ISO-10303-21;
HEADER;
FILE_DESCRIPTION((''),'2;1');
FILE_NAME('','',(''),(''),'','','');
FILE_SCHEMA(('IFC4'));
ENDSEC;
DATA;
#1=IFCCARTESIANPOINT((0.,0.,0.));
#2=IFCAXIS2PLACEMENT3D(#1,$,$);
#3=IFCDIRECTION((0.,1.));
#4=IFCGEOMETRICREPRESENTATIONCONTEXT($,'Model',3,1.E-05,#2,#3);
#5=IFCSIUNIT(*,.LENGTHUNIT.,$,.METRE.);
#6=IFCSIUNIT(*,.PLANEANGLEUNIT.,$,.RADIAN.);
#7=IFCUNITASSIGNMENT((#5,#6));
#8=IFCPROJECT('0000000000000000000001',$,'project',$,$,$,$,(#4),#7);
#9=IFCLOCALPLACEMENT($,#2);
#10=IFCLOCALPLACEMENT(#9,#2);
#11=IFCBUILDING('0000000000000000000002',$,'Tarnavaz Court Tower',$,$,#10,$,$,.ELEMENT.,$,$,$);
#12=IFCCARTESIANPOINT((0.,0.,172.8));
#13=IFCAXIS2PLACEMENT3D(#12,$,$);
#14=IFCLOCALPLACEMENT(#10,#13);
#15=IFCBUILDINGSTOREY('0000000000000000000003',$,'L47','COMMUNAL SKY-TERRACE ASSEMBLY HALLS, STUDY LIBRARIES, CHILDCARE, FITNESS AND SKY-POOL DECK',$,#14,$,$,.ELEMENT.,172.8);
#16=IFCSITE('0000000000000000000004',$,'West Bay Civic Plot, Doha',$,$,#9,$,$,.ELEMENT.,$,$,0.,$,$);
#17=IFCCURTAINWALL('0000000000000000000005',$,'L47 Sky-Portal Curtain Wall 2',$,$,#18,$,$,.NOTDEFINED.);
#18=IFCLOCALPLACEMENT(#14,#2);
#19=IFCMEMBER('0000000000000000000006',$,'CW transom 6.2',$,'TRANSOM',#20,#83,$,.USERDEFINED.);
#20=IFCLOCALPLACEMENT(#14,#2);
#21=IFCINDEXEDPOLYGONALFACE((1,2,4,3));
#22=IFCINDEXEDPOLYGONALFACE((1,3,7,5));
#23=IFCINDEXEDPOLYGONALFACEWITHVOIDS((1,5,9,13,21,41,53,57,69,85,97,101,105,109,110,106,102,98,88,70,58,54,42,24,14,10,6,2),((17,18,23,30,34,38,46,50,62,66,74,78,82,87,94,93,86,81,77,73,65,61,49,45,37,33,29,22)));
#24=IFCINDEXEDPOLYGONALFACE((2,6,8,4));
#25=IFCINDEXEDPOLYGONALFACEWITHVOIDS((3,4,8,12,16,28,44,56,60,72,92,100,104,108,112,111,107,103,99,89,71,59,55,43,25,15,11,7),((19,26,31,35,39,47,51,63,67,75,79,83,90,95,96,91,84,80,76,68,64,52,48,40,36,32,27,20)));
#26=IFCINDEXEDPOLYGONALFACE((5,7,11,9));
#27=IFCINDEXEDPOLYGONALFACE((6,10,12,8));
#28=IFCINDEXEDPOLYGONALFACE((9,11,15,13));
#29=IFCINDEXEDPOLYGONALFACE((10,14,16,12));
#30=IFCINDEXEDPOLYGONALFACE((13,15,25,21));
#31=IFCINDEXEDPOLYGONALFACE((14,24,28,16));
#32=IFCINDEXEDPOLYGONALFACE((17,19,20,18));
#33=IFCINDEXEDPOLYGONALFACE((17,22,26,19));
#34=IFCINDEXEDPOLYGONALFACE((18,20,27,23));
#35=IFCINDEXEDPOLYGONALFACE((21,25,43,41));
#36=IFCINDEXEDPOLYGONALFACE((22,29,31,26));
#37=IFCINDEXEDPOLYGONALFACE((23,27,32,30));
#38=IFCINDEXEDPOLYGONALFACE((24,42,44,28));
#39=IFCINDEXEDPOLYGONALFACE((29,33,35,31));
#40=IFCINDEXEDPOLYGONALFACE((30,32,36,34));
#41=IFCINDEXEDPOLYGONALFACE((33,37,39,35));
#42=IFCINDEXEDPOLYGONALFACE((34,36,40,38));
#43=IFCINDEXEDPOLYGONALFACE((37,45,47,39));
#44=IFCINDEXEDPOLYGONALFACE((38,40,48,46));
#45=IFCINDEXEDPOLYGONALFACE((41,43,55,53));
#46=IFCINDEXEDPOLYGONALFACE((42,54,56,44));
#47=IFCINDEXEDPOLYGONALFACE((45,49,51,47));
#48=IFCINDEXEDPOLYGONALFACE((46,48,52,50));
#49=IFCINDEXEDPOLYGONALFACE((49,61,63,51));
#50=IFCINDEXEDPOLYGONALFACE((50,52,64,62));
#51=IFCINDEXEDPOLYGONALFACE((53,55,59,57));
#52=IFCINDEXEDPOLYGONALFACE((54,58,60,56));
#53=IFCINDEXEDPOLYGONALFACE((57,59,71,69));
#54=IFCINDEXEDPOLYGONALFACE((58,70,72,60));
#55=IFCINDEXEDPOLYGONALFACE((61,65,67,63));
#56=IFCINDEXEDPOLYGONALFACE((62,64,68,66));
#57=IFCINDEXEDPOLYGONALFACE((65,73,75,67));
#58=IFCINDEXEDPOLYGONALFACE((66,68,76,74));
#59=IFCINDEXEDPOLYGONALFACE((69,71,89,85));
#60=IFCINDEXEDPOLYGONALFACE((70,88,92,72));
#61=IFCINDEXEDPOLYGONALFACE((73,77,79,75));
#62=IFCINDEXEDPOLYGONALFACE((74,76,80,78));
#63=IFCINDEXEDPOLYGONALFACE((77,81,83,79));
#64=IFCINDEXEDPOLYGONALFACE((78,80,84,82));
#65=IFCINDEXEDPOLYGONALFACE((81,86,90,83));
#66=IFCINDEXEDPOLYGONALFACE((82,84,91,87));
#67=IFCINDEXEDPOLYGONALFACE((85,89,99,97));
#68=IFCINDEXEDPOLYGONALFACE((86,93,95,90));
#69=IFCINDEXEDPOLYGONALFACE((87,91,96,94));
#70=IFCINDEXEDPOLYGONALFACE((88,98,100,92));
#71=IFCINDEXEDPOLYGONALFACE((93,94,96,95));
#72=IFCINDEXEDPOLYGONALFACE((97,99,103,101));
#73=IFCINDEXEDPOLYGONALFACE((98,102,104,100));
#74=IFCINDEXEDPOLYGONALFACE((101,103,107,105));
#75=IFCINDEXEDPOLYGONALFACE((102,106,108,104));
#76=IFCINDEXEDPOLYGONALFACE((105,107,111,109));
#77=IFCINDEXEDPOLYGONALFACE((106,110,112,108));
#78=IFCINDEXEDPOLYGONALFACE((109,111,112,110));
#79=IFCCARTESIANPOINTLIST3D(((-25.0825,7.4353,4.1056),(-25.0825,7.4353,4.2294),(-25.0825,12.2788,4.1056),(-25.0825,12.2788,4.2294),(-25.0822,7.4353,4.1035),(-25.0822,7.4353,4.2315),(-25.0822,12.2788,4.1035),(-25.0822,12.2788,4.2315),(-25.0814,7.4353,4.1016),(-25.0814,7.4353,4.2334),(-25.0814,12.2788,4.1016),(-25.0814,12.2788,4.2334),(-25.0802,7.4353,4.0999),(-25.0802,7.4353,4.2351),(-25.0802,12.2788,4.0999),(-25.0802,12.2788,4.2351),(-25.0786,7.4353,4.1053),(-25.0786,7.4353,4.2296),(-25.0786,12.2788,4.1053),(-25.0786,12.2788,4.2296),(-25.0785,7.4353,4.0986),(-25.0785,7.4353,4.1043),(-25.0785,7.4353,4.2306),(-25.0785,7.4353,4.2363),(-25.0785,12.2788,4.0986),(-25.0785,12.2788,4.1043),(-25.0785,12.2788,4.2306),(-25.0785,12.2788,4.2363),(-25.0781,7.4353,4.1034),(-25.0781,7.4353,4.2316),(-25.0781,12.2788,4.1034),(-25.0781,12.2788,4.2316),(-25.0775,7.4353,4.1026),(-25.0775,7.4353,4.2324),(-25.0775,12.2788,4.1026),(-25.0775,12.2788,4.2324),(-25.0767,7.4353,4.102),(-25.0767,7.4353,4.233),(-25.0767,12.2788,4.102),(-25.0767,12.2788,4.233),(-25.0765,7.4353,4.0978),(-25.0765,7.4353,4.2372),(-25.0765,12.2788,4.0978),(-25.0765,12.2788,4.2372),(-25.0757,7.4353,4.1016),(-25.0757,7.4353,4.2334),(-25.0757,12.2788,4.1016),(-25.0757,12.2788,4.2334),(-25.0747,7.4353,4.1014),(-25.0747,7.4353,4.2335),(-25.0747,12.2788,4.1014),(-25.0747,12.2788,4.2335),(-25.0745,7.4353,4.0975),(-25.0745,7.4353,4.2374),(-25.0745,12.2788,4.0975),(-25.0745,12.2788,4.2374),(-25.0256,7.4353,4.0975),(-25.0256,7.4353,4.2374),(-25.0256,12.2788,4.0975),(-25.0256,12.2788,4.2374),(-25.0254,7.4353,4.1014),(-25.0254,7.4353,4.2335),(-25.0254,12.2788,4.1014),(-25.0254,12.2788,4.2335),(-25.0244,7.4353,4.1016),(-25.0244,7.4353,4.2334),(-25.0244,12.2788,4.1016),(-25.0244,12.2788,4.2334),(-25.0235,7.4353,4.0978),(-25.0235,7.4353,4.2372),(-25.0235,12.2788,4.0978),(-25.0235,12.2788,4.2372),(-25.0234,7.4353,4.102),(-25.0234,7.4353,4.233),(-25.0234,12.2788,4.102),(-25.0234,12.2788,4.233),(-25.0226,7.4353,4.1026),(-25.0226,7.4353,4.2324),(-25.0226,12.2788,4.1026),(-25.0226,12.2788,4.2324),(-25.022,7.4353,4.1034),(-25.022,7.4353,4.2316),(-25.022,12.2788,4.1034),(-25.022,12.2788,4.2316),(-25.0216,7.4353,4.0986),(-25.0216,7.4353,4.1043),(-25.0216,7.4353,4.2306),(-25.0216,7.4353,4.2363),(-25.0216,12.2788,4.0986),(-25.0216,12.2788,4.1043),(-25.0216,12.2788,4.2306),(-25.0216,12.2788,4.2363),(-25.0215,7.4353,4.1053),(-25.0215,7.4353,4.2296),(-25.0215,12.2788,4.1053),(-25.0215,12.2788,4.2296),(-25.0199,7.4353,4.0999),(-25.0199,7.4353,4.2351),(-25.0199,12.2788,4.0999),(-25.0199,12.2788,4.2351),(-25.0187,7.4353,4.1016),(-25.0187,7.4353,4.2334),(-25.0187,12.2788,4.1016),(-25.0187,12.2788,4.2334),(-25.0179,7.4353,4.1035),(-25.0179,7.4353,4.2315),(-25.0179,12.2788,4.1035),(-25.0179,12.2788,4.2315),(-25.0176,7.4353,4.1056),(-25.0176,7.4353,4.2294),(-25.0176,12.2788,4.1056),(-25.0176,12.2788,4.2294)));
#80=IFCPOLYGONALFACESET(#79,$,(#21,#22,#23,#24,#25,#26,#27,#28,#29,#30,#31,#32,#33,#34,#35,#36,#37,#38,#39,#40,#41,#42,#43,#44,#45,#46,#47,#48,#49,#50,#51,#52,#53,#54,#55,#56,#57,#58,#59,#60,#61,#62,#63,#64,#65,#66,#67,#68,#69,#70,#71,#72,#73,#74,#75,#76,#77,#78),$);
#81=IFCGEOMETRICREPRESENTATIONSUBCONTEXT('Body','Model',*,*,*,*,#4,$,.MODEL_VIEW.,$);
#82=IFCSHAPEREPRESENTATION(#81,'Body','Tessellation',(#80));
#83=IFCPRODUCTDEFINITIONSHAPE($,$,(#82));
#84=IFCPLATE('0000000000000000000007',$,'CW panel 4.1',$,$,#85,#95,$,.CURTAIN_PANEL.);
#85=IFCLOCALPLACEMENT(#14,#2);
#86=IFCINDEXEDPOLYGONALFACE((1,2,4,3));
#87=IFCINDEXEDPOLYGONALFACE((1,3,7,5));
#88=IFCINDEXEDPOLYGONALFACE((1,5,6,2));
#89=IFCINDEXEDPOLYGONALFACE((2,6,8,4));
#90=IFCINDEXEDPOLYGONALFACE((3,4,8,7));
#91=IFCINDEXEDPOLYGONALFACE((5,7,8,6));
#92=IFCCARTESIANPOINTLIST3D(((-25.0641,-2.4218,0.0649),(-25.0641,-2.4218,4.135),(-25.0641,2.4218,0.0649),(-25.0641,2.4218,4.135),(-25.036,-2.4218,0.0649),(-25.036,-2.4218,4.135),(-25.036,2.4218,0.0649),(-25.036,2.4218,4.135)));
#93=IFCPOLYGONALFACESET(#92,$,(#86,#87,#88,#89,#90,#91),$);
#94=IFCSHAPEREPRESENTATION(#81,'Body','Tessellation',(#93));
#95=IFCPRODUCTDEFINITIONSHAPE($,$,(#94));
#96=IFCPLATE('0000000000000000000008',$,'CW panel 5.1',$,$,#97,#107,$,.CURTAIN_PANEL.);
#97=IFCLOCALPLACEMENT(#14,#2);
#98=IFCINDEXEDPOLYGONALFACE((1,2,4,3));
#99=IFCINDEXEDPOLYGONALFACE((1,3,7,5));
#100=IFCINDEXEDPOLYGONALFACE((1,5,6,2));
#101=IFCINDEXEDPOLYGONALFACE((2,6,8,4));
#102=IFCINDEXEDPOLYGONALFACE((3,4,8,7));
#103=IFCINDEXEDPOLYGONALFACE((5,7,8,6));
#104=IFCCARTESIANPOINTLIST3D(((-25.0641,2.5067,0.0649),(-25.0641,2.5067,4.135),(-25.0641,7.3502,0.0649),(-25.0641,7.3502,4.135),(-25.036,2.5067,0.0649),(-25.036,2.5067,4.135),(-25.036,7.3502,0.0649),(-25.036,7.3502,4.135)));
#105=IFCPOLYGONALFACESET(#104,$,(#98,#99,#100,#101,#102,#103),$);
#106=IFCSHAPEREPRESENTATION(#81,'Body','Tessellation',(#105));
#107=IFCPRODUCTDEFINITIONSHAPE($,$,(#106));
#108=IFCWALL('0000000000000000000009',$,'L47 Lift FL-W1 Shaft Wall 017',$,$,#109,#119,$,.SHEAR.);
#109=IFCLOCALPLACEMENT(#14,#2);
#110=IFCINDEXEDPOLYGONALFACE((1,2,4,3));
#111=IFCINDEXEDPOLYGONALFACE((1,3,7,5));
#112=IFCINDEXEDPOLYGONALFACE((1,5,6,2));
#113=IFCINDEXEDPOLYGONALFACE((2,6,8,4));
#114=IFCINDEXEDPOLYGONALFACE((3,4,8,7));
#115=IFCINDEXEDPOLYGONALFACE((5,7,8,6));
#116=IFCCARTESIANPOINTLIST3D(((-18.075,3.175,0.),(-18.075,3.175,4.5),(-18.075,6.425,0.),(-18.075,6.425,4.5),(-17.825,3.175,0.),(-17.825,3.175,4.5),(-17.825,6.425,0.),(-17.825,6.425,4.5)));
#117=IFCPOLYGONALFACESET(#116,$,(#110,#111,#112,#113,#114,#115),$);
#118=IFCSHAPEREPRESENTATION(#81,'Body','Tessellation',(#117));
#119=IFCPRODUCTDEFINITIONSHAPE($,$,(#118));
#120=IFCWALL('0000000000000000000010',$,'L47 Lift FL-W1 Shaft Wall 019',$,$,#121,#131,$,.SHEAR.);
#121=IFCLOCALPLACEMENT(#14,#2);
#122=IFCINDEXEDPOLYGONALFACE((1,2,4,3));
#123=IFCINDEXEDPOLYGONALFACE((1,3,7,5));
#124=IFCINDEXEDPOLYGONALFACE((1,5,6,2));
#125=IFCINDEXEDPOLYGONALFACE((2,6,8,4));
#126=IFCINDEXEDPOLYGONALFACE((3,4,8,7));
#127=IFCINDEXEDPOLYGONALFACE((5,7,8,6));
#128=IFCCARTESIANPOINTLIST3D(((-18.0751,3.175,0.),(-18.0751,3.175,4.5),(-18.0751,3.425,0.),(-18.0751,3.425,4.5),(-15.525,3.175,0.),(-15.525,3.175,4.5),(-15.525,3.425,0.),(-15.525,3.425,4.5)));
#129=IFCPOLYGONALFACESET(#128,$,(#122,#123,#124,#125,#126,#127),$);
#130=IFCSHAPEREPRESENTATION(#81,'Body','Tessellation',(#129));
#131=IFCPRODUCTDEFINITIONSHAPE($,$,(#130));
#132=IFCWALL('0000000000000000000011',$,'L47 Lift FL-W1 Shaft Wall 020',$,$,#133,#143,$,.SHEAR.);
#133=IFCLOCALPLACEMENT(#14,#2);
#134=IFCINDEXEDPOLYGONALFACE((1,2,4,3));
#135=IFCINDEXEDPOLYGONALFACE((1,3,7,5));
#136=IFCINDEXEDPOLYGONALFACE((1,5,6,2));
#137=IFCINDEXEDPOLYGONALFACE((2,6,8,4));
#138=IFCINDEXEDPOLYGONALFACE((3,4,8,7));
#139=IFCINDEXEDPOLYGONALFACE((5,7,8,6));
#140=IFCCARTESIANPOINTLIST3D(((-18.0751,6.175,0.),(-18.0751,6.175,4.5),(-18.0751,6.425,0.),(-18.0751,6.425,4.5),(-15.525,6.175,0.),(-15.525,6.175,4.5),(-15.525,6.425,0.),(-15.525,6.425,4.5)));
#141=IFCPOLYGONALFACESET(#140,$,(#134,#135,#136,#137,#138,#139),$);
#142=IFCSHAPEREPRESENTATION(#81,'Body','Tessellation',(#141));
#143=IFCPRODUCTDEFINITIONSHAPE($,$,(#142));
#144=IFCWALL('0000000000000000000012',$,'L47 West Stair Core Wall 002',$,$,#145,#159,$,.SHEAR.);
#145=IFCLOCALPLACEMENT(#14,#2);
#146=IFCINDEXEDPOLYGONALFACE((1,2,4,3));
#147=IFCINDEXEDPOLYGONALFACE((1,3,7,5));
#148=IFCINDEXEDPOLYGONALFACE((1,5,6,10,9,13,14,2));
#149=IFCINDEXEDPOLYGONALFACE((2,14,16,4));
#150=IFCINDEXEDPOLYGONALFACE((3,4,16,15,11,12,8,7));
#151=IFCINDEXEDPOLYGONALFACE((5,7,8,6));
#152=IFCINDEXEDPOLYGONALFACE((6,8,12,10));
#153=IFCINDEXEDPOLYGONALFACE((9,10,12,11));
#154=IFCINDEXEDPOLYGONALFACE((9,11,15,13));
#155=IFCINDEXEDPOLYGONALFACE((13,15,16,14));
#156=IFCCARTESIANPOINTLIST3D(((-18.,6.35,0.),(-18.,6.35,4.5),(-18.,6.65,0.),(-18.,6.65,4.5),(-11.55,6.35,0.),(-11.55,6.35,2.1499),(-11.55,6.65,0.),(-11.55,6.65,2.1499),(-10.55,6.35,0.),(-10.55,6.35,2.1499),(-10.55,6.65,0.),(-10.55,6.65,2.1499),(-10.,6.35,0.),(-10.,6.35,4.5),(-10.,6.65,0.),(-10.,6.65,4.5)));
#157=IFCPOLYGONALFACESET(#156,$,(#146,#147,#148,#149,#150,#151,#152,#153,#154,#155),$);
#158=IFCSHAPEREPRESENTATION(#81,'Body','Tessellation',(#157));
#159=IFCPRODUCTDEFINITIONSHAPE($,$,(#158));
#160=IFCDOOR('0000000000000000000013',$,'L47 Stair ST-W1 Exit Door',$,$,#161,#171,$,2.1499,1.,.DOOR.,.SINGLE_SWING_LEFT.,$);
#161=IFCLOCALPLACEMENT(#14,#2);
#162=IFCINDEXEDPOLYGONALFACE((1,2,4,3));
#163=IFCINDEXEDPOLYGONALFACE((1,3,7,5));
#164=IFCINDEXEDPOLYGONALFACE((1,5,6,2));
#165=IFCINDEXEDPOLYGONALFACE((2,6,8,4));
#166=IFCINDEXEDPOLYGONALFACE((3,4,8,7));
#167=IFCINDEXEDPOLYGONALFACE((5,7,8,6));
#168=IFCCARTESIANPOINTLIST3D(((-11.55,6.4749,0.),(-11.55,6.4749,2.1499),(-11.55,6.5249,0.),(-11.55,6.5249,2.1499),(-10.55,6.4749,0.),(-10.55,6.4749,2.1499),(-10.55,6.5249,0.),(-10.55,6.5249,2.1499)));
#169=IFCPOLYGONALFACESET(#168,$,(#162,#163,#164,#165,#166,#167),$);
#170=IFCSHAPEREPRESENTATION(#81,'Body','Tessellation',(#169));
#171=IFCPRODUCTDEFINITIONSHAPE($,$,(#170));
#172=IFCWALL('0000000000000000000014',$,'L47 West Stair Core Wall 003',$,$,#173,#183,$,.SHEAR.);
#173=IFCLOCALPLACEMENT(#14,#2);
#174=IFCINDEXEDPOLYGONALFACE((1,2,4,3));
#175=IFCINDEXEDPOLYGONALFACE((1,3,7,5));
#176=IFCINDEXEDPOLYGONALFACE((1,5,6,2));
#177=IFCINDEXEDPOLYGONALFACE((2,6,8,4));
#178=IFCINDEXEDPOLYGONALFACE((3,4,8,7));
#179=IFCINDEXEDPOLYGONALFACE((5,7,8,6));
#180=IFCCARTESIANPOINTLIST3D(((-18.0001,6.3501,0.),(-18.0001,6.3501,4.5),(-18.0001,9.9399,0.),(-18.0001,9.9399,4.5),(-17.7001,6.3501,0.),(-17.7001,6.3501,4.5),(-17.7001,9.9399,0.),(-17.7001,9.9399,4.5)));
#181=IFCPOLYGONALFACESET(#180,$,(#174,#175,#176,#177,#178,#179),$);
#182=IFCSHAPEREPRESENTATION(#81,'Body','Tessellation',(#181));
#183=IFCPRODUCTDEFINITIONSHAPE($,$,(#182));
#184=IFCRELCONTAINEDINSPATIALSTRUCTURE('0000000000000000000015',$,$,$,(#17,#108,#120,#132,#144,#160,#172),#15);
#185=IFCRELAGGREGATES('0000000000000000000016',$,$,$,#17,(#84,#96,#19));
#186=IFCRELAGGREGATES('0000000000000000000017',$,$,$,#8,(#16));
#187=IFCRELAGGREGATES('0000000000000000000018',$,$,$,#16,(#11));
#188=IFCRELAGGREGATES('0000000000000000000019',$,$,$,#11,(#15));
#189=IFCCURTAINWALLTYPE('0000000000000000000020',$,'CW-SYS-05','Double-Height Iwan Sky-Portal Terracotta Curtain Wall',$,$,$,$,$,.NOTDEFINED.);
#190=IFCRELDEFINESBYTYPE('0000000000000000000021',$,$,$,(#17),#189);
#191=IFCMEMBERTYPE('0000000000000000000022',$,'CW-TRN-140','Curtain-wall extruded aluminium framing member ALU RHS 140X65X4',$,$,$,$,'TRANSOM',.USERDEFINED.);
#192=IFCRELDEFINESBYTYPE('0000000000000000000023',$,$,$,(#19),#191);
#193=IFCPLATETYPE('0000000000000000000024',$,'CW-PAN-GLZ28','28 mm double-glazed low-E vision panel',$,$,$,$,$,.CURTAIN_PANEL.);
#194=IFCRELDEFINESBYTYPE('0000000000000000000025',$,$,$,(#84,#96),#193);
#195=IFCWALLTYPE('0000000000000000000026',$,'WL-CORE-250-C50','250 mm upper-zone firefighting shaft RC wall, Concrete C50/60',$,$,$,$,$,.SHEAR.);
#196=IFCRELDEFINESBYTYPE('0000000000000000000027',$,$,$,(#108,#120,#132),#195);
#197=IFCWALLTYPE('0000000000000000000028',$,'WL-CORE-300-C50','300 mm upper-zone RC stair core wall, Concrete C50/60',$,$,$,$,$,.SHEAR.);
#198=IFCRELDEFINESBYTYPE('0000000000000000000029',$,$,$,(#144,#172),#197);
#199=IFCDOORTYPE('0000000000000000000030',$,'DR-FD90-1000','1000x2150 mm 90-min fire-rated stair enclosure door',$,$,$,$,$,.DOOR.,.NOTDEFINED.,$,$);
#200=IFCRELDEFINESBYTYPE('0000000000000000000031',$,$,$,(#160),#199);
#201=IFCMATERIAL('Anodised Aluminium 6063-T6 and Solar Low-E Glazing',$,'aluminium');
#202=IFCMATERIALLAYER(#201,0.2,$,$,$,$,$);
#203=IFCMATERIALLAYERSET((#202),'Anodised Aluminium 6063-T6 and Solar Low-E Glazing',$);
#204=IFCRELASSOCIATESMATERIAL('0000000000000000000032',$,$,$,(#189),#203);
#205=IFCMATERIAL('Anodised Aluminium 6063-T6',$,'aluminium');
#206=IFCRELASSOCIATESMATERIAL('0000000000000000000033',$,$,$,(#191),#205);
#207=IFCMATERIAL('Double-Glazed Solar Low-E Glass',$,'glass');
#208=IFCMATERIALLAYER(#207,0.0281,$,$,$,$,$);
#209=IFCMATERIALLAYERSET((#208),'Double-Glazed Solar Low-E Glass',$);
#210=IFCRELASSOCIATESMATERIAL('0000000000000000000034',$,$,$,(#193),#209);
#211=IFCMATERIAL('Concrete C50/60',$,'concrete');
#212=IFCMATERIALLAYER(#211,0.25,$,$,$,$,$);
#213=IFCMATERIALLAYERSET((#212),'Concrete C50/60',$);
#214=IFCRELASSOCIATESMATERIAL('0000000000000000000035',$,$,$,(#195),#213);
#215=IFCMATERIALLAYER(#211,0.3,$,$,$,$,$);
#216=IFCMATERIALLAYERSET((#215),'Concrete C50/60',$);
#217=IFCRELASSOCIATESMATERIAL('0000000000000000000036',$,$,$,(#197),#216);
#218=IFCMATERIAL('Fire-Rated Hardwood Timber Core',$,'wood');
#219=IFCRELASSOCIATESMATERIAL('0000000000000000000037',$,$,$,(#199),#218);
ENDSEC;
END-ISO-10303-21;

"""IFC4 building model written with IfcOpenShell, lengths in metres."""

from ifc_helpers import new_model, si_unit, direction, frame, frame_2d, origin, origin_2d, place, context, subcontext, project, spatial, rectangle, hollow_rectangle, extrude, material, layer, layer_set, material_profile, profile_set, type_object, element, fill, aggregate, save


model = new_model("IFC4")

# Units and contexts
model_context = context("Model", 3, precision=1e-05, world=origin(), true_north=direction((0.0, 1.0)))
body_context = subcontext(model_context, "Body", "Model", "MODEL_VIEW")
ifc_project = project(units=[si_unit("LENGTHUNIT", "METRE"), si_unit("PLANEANGLEUNIT", "RADIAN")], contexts=[model_context])

# Site, building, storey
site_placement = place(None, origin())
site = spatial("IfcSite", under=ifc_project, at=site_placement, Name="West Bay Civic Plot, Doha", CompositionType="ELEMENT", RefElevation=0.0)
building_placement = place(site_placement, origin())
building = spatial("IfcBuilding", under=site, at=building_placement, Name="Tarnavaz Court Tower", CompositionType="ELEMENT")
storey_placement = place(building_placement, frame((0.0, 0.0, 172.8)))
storey = spatial("IfcBuildingStorey", under=building, at=storey_placement, Name="L47", Description="COMMUNAL SKY-TERRACE ASSEMBLY HALLS, STUDY LIBRARIES, CHILDCARE, FITNESS AND SKY-POOL DECK", CompositionType="ELEMENT", Elevation=172.8)

# Shared definitions
ifc_material_1 = material(Name="Concrete C50/60", Category="concrete")

# Curtain wall, member, plates
ifc_material_2 = material(Name="Anodised Aluminium 6063-T6 and Solar Low-E Glazing", Category="aluminium")
ifc_layer_1 = layer(ifc_material_2, 0.2)
ifc_layer_set_1 = layer_set([ifc_layer_1], Name="Anodised Aluminium 6063-T6 and Solar Low-E Glazing")
curtain_wall_type = type_object("IfcCurtainWallType", Name="CW-SYS-05", Description="Double-Height Iwan Sky-Portal Terracotta Curtain Wall", PredefinedType="NOTDEFINED", material=ifc_layer_set_1)
curtain_wall_placement = place(storey_placement, origin())
curtain_wall = element("IfcCurtainWall", 1, at=curtain_wall_placement, inside=storey, type_object=curtain_wall_type, Name="L47 Sky-Portal Curtain Wall 2", PredefinedType="NOTDEFINED")
ifc_material_3 = material(Name="Anodised Aluminium 6063-T6", Category="aluminium")
ifc_material_profile_1 = material_profile(ifc_material_3, hollow_rectangle(XDim=0.0649, YDim=0.1399, WallThickness=0.0039, InnerFilletRadius=0.0039, OuterFilletRadius=0.0081, at=origin_2d()), Name="ALU RHS 140X65X4")
ifc_profile_set_1 = profile_set([ifc_material_profile_1], Name="Anodised Aluminium 6063-T6")
member_type_1 = type_object("IfcMemberType", Name="CW-TRN-140", Description="Curtain-wall extruded aluminium framing member ALU RHS 140X65X4", ElementType="TRANSOM", PredefinedType="USERDEFINED", material=ifc_profile_set_1)
member_1_placement = place(storey_placement, frame((-25.05, 7.4353, 4.1675), z_axis=(0.0, 1.0, 0.0), x_axis=(-1.0, 0.0, 0.0)))
member_1 = element("IfcMember", 2, at=member_1_placement, type_object=member_type_1, Name="CW transom 6.2", ObjectType="TRANSOM", PredefinedType="USERDEFINED", context=body_context, shape_type="SweptSolid", body=[
    extrude(hollow_rectangle(XDim=0.0649, YDim=0.1399, WallThickness=0.0039, InnerFilletRadius=0.0039, OuterFilletRadius=0.0081, at=origin_2d()), origin(), (0.0, 0.0, 1.0), 4.8435),
])
ifc_material_4 = material(Name="Double-Glazed Solar Low-E Glass", Category="glass")
ifc_layer_2 = layer(ifc_material_4, 0.0281)
ifc_layer_set_2 = layer_set([ifc_layer_2], Name="Double-Glazed Solar Low-E Glass")
plate_type = type_object("IfcPlateType", Name="CW-PAN-GLZ28", Description="28 mm double-glazed low-E vision panel", PredefinedType="CURTAIN_PANEL", material=ifc_layer_set_2)
plate_1_placement = place(storey_placement, frame((-25.05, 0.0, 0.0649), z_axis=(0.0, 0.0, 1.0), x_axis=(0.0, 1.0, 0.0)))
plate_1 = element("IfcPlate", 3, at=plate_1_placement, type_object=plate_type, Name="CW panel 4.1", PredefinedType="CURTAIN_PANEL", context=body_context, shape_type="SweptSolid", body=[
    extrude(rectangle(XDim=4.8435, YDim=0.0281, at=origin_2d()), origin(), (0.0, 0.0, 1.0), 4.0701),
])
plate_2_placement = place(storey_placement, frame((-25.05, 4.9285, 0.0649), z_axis=(0.0, 0.0, 1.0), x_axis=(0.0, 1.0, 0.0)))
plate_2 = element("IfcPlate", 4, at=plate_2_placement, type_object=plate_type, Name="CW panel 5.1", PredefinedType="CURTAIN_PANEL", context=body_context, shape_type="SweptSolid", body=[
    extrude(rectangle(XDim=4.8435, YDim=0.0281, at=origin_2d()), origin(), (0.0, 0.0, 1.0), 4.0701),
])
aggregate(curtain_wall, [plate_1, plate_2, member_1])

# Wall
ifc_layer_3 = layer(ifc_material_1, 0.25)
ifc_layer_set_3 = layer_set([ifc_layer_3], Name="Concrete C50/60")
wall_type_1 = type_object("IfcWallType", Name="WL-CORE-250-C50", Description="250 mm upper-zone firefighting shaft RC wall, Concrete C50/60", PredefinedType="SHEAR", material=ifc_layer_set_3)
wall_1_placement = place(storey_placement, frame((-17.95, 3.175, 0.0), z_axis=(0.0, 0.0, 1.0), x_axis=(0.0, 1.0, 0.0)))
element("IfcWall", 5, at=wall_1_placement, inside=storey, type_object=wall_type_1, Name="L47 Lift FL-W1 Shaft Wall 017", PredefinedType="SHEAR", context=body_context, shape_type="SweptSolid", body=[
    extrude(rectangle(XDim=3.25, YDim=0.25, at=frame_2d((1.625, 0.0))), origin(), (0.0, 0.0, 1.0), 4.5),
])

# Walls
for number, where, z_axis, x_axis, name in (
    (6, (-18.075, 3.3, 0.0), (0.0, 0.0, 1.0), (1.0, 0.0, 0.0), "L47 Lift FL-W1 Shaft Wall 019"),
    (7, (-18.075, 6.3, 0.0), (0.0, 0.0, 1.0), (1.0, 0.0, 0.0), "L47 Lift FL-W1 Shaft Wall 020"),
):
    element("IfcWall", number, at=place(storey_placement, frame(where, z_axis=z_axis, x_axis=x_axis)), inside=storey, type_object=wall_type_1, Name=name, PredefinedType="SHEAR", context=body_context, shape_type="SweptSolid", body=[
        extrude(rectangle(XDim=2.55, YDim=0.25, at=frame_2d((1.2749, 0.0))), origin(), (0.0, 0.0, 1.0), 4.5),
    ])

# Wall, opening, door
ifc_layer_4 = layer(ifc_material_1, 0.3)
ifc_layer_set_4 = layer_set([ifc_layer_4], Name="Concrete C50/60")
wall_type_2 = type_object("IfcWallType", Name="WL-CORE-300-C50", Description="300 mm upper-zone RC stair core wall, Concrete C50/60", PredefinedType="SHEAR", material=ifc_layer_set_4)
wall_2_placement = place(storey_placement, frame((-18.0, 6.5, 0.0), z_axis=(0.0, 0.0, 1.0), x_axis=(1.0, 0.0, 0.0)))
wall_2 = element("IfcWall", 8, at=wall_2_placement, inside=storey, type_object=wall_type_2, Name="L47 West Stair Core Wall 002", PredefinedType="SHEAR", context=body_context, shape_type="SweptSolid", body=[
    extrude(rectangle(XDim=8.0, YDim=0.3, at=frame_2d((4.0, 0.0))), origin(), (0.0, 0.0, 1.0), 4.5),
])
opening_1_placement = place(wall_2_placement, frame((6.45, 0.0, 0.0)))
opening_1 = element("IfcOpeningElement", 9, at=opening_1_placement, cuts=wall_2, PredefinedType="OPENING", context=body_context, shape_type="SweptSolid", body=[
    extrude(rectangle(XDim=1.0, YDim=2.1499, at=frame_2d((0.5, 1.075))), frame((0.0, 0.1599, 0.0), z_axis=(0.0, -1.0, 0.0), x_axis=(1.0, 0.0, 0.0)), (0.0, 0.0, 1.0), 0.3201),
])
ifc_material_5 = material(Name="Fire-Rated Hardwood Timber Core", Category="wood")
door_type_1 = type_object("IfcDoorType", Name="DR-FD90-1000", Description="1000x2150 mm 90-min fire-rated stair enclosure door", OperationType="NOTDEFINED", PredefinedType="DOOR", material=ifc_material_5)
door_1_placement = place(opening_1_placement, origin())
door_1 = element("IfcDoor", 10, at=door_1_placement, inside=storey, type_object=door_type_1, Name="L47 Stair ST-W1 Exit Door", OperationType="SINGLE_SWING_LEFT", OverallHeight=2.1499, OverallWidth=1.0, PredefinedType="DOOR", context=body_context, shape_type="SweptSolid", body=[
    extrude(rectangle(XDim=1.0, YDim=2.1499, at=frame_2d((0.5, 1.075))), frame((0.0, 0.0249, 0.0), z_axis=(0.0, -1.0, 0.0), x_axis=(1.0, 0.0, 0.0)), (0.0, 0.0, 1.0), 0.05),
])
fill(opening_1, door_1)

# Wall
wall_3_placement = place(storey_placement, frame((-17.8501, 6.3501, 0.0), z_axis=(0.0, 0.0, 1.0), x_axis=(0.0, 1.0, 0.0)))
element("IfcWall", 11, at=wall_3_placement, inside=storey, type_object=wall_type_2, Name="L47 West Stair Core Wall 003", PredefinedType="SHEAR", context=body_context, shape_type="SweptSolid", body=[
    extrude(rectangle(XDim=3.5898, YDim=0.3, at=frame_2d((1.7949, 0.0))), origin(), (0.0, 0.0, 1.0), 4.5),
])

save(model, "model.ifc")
